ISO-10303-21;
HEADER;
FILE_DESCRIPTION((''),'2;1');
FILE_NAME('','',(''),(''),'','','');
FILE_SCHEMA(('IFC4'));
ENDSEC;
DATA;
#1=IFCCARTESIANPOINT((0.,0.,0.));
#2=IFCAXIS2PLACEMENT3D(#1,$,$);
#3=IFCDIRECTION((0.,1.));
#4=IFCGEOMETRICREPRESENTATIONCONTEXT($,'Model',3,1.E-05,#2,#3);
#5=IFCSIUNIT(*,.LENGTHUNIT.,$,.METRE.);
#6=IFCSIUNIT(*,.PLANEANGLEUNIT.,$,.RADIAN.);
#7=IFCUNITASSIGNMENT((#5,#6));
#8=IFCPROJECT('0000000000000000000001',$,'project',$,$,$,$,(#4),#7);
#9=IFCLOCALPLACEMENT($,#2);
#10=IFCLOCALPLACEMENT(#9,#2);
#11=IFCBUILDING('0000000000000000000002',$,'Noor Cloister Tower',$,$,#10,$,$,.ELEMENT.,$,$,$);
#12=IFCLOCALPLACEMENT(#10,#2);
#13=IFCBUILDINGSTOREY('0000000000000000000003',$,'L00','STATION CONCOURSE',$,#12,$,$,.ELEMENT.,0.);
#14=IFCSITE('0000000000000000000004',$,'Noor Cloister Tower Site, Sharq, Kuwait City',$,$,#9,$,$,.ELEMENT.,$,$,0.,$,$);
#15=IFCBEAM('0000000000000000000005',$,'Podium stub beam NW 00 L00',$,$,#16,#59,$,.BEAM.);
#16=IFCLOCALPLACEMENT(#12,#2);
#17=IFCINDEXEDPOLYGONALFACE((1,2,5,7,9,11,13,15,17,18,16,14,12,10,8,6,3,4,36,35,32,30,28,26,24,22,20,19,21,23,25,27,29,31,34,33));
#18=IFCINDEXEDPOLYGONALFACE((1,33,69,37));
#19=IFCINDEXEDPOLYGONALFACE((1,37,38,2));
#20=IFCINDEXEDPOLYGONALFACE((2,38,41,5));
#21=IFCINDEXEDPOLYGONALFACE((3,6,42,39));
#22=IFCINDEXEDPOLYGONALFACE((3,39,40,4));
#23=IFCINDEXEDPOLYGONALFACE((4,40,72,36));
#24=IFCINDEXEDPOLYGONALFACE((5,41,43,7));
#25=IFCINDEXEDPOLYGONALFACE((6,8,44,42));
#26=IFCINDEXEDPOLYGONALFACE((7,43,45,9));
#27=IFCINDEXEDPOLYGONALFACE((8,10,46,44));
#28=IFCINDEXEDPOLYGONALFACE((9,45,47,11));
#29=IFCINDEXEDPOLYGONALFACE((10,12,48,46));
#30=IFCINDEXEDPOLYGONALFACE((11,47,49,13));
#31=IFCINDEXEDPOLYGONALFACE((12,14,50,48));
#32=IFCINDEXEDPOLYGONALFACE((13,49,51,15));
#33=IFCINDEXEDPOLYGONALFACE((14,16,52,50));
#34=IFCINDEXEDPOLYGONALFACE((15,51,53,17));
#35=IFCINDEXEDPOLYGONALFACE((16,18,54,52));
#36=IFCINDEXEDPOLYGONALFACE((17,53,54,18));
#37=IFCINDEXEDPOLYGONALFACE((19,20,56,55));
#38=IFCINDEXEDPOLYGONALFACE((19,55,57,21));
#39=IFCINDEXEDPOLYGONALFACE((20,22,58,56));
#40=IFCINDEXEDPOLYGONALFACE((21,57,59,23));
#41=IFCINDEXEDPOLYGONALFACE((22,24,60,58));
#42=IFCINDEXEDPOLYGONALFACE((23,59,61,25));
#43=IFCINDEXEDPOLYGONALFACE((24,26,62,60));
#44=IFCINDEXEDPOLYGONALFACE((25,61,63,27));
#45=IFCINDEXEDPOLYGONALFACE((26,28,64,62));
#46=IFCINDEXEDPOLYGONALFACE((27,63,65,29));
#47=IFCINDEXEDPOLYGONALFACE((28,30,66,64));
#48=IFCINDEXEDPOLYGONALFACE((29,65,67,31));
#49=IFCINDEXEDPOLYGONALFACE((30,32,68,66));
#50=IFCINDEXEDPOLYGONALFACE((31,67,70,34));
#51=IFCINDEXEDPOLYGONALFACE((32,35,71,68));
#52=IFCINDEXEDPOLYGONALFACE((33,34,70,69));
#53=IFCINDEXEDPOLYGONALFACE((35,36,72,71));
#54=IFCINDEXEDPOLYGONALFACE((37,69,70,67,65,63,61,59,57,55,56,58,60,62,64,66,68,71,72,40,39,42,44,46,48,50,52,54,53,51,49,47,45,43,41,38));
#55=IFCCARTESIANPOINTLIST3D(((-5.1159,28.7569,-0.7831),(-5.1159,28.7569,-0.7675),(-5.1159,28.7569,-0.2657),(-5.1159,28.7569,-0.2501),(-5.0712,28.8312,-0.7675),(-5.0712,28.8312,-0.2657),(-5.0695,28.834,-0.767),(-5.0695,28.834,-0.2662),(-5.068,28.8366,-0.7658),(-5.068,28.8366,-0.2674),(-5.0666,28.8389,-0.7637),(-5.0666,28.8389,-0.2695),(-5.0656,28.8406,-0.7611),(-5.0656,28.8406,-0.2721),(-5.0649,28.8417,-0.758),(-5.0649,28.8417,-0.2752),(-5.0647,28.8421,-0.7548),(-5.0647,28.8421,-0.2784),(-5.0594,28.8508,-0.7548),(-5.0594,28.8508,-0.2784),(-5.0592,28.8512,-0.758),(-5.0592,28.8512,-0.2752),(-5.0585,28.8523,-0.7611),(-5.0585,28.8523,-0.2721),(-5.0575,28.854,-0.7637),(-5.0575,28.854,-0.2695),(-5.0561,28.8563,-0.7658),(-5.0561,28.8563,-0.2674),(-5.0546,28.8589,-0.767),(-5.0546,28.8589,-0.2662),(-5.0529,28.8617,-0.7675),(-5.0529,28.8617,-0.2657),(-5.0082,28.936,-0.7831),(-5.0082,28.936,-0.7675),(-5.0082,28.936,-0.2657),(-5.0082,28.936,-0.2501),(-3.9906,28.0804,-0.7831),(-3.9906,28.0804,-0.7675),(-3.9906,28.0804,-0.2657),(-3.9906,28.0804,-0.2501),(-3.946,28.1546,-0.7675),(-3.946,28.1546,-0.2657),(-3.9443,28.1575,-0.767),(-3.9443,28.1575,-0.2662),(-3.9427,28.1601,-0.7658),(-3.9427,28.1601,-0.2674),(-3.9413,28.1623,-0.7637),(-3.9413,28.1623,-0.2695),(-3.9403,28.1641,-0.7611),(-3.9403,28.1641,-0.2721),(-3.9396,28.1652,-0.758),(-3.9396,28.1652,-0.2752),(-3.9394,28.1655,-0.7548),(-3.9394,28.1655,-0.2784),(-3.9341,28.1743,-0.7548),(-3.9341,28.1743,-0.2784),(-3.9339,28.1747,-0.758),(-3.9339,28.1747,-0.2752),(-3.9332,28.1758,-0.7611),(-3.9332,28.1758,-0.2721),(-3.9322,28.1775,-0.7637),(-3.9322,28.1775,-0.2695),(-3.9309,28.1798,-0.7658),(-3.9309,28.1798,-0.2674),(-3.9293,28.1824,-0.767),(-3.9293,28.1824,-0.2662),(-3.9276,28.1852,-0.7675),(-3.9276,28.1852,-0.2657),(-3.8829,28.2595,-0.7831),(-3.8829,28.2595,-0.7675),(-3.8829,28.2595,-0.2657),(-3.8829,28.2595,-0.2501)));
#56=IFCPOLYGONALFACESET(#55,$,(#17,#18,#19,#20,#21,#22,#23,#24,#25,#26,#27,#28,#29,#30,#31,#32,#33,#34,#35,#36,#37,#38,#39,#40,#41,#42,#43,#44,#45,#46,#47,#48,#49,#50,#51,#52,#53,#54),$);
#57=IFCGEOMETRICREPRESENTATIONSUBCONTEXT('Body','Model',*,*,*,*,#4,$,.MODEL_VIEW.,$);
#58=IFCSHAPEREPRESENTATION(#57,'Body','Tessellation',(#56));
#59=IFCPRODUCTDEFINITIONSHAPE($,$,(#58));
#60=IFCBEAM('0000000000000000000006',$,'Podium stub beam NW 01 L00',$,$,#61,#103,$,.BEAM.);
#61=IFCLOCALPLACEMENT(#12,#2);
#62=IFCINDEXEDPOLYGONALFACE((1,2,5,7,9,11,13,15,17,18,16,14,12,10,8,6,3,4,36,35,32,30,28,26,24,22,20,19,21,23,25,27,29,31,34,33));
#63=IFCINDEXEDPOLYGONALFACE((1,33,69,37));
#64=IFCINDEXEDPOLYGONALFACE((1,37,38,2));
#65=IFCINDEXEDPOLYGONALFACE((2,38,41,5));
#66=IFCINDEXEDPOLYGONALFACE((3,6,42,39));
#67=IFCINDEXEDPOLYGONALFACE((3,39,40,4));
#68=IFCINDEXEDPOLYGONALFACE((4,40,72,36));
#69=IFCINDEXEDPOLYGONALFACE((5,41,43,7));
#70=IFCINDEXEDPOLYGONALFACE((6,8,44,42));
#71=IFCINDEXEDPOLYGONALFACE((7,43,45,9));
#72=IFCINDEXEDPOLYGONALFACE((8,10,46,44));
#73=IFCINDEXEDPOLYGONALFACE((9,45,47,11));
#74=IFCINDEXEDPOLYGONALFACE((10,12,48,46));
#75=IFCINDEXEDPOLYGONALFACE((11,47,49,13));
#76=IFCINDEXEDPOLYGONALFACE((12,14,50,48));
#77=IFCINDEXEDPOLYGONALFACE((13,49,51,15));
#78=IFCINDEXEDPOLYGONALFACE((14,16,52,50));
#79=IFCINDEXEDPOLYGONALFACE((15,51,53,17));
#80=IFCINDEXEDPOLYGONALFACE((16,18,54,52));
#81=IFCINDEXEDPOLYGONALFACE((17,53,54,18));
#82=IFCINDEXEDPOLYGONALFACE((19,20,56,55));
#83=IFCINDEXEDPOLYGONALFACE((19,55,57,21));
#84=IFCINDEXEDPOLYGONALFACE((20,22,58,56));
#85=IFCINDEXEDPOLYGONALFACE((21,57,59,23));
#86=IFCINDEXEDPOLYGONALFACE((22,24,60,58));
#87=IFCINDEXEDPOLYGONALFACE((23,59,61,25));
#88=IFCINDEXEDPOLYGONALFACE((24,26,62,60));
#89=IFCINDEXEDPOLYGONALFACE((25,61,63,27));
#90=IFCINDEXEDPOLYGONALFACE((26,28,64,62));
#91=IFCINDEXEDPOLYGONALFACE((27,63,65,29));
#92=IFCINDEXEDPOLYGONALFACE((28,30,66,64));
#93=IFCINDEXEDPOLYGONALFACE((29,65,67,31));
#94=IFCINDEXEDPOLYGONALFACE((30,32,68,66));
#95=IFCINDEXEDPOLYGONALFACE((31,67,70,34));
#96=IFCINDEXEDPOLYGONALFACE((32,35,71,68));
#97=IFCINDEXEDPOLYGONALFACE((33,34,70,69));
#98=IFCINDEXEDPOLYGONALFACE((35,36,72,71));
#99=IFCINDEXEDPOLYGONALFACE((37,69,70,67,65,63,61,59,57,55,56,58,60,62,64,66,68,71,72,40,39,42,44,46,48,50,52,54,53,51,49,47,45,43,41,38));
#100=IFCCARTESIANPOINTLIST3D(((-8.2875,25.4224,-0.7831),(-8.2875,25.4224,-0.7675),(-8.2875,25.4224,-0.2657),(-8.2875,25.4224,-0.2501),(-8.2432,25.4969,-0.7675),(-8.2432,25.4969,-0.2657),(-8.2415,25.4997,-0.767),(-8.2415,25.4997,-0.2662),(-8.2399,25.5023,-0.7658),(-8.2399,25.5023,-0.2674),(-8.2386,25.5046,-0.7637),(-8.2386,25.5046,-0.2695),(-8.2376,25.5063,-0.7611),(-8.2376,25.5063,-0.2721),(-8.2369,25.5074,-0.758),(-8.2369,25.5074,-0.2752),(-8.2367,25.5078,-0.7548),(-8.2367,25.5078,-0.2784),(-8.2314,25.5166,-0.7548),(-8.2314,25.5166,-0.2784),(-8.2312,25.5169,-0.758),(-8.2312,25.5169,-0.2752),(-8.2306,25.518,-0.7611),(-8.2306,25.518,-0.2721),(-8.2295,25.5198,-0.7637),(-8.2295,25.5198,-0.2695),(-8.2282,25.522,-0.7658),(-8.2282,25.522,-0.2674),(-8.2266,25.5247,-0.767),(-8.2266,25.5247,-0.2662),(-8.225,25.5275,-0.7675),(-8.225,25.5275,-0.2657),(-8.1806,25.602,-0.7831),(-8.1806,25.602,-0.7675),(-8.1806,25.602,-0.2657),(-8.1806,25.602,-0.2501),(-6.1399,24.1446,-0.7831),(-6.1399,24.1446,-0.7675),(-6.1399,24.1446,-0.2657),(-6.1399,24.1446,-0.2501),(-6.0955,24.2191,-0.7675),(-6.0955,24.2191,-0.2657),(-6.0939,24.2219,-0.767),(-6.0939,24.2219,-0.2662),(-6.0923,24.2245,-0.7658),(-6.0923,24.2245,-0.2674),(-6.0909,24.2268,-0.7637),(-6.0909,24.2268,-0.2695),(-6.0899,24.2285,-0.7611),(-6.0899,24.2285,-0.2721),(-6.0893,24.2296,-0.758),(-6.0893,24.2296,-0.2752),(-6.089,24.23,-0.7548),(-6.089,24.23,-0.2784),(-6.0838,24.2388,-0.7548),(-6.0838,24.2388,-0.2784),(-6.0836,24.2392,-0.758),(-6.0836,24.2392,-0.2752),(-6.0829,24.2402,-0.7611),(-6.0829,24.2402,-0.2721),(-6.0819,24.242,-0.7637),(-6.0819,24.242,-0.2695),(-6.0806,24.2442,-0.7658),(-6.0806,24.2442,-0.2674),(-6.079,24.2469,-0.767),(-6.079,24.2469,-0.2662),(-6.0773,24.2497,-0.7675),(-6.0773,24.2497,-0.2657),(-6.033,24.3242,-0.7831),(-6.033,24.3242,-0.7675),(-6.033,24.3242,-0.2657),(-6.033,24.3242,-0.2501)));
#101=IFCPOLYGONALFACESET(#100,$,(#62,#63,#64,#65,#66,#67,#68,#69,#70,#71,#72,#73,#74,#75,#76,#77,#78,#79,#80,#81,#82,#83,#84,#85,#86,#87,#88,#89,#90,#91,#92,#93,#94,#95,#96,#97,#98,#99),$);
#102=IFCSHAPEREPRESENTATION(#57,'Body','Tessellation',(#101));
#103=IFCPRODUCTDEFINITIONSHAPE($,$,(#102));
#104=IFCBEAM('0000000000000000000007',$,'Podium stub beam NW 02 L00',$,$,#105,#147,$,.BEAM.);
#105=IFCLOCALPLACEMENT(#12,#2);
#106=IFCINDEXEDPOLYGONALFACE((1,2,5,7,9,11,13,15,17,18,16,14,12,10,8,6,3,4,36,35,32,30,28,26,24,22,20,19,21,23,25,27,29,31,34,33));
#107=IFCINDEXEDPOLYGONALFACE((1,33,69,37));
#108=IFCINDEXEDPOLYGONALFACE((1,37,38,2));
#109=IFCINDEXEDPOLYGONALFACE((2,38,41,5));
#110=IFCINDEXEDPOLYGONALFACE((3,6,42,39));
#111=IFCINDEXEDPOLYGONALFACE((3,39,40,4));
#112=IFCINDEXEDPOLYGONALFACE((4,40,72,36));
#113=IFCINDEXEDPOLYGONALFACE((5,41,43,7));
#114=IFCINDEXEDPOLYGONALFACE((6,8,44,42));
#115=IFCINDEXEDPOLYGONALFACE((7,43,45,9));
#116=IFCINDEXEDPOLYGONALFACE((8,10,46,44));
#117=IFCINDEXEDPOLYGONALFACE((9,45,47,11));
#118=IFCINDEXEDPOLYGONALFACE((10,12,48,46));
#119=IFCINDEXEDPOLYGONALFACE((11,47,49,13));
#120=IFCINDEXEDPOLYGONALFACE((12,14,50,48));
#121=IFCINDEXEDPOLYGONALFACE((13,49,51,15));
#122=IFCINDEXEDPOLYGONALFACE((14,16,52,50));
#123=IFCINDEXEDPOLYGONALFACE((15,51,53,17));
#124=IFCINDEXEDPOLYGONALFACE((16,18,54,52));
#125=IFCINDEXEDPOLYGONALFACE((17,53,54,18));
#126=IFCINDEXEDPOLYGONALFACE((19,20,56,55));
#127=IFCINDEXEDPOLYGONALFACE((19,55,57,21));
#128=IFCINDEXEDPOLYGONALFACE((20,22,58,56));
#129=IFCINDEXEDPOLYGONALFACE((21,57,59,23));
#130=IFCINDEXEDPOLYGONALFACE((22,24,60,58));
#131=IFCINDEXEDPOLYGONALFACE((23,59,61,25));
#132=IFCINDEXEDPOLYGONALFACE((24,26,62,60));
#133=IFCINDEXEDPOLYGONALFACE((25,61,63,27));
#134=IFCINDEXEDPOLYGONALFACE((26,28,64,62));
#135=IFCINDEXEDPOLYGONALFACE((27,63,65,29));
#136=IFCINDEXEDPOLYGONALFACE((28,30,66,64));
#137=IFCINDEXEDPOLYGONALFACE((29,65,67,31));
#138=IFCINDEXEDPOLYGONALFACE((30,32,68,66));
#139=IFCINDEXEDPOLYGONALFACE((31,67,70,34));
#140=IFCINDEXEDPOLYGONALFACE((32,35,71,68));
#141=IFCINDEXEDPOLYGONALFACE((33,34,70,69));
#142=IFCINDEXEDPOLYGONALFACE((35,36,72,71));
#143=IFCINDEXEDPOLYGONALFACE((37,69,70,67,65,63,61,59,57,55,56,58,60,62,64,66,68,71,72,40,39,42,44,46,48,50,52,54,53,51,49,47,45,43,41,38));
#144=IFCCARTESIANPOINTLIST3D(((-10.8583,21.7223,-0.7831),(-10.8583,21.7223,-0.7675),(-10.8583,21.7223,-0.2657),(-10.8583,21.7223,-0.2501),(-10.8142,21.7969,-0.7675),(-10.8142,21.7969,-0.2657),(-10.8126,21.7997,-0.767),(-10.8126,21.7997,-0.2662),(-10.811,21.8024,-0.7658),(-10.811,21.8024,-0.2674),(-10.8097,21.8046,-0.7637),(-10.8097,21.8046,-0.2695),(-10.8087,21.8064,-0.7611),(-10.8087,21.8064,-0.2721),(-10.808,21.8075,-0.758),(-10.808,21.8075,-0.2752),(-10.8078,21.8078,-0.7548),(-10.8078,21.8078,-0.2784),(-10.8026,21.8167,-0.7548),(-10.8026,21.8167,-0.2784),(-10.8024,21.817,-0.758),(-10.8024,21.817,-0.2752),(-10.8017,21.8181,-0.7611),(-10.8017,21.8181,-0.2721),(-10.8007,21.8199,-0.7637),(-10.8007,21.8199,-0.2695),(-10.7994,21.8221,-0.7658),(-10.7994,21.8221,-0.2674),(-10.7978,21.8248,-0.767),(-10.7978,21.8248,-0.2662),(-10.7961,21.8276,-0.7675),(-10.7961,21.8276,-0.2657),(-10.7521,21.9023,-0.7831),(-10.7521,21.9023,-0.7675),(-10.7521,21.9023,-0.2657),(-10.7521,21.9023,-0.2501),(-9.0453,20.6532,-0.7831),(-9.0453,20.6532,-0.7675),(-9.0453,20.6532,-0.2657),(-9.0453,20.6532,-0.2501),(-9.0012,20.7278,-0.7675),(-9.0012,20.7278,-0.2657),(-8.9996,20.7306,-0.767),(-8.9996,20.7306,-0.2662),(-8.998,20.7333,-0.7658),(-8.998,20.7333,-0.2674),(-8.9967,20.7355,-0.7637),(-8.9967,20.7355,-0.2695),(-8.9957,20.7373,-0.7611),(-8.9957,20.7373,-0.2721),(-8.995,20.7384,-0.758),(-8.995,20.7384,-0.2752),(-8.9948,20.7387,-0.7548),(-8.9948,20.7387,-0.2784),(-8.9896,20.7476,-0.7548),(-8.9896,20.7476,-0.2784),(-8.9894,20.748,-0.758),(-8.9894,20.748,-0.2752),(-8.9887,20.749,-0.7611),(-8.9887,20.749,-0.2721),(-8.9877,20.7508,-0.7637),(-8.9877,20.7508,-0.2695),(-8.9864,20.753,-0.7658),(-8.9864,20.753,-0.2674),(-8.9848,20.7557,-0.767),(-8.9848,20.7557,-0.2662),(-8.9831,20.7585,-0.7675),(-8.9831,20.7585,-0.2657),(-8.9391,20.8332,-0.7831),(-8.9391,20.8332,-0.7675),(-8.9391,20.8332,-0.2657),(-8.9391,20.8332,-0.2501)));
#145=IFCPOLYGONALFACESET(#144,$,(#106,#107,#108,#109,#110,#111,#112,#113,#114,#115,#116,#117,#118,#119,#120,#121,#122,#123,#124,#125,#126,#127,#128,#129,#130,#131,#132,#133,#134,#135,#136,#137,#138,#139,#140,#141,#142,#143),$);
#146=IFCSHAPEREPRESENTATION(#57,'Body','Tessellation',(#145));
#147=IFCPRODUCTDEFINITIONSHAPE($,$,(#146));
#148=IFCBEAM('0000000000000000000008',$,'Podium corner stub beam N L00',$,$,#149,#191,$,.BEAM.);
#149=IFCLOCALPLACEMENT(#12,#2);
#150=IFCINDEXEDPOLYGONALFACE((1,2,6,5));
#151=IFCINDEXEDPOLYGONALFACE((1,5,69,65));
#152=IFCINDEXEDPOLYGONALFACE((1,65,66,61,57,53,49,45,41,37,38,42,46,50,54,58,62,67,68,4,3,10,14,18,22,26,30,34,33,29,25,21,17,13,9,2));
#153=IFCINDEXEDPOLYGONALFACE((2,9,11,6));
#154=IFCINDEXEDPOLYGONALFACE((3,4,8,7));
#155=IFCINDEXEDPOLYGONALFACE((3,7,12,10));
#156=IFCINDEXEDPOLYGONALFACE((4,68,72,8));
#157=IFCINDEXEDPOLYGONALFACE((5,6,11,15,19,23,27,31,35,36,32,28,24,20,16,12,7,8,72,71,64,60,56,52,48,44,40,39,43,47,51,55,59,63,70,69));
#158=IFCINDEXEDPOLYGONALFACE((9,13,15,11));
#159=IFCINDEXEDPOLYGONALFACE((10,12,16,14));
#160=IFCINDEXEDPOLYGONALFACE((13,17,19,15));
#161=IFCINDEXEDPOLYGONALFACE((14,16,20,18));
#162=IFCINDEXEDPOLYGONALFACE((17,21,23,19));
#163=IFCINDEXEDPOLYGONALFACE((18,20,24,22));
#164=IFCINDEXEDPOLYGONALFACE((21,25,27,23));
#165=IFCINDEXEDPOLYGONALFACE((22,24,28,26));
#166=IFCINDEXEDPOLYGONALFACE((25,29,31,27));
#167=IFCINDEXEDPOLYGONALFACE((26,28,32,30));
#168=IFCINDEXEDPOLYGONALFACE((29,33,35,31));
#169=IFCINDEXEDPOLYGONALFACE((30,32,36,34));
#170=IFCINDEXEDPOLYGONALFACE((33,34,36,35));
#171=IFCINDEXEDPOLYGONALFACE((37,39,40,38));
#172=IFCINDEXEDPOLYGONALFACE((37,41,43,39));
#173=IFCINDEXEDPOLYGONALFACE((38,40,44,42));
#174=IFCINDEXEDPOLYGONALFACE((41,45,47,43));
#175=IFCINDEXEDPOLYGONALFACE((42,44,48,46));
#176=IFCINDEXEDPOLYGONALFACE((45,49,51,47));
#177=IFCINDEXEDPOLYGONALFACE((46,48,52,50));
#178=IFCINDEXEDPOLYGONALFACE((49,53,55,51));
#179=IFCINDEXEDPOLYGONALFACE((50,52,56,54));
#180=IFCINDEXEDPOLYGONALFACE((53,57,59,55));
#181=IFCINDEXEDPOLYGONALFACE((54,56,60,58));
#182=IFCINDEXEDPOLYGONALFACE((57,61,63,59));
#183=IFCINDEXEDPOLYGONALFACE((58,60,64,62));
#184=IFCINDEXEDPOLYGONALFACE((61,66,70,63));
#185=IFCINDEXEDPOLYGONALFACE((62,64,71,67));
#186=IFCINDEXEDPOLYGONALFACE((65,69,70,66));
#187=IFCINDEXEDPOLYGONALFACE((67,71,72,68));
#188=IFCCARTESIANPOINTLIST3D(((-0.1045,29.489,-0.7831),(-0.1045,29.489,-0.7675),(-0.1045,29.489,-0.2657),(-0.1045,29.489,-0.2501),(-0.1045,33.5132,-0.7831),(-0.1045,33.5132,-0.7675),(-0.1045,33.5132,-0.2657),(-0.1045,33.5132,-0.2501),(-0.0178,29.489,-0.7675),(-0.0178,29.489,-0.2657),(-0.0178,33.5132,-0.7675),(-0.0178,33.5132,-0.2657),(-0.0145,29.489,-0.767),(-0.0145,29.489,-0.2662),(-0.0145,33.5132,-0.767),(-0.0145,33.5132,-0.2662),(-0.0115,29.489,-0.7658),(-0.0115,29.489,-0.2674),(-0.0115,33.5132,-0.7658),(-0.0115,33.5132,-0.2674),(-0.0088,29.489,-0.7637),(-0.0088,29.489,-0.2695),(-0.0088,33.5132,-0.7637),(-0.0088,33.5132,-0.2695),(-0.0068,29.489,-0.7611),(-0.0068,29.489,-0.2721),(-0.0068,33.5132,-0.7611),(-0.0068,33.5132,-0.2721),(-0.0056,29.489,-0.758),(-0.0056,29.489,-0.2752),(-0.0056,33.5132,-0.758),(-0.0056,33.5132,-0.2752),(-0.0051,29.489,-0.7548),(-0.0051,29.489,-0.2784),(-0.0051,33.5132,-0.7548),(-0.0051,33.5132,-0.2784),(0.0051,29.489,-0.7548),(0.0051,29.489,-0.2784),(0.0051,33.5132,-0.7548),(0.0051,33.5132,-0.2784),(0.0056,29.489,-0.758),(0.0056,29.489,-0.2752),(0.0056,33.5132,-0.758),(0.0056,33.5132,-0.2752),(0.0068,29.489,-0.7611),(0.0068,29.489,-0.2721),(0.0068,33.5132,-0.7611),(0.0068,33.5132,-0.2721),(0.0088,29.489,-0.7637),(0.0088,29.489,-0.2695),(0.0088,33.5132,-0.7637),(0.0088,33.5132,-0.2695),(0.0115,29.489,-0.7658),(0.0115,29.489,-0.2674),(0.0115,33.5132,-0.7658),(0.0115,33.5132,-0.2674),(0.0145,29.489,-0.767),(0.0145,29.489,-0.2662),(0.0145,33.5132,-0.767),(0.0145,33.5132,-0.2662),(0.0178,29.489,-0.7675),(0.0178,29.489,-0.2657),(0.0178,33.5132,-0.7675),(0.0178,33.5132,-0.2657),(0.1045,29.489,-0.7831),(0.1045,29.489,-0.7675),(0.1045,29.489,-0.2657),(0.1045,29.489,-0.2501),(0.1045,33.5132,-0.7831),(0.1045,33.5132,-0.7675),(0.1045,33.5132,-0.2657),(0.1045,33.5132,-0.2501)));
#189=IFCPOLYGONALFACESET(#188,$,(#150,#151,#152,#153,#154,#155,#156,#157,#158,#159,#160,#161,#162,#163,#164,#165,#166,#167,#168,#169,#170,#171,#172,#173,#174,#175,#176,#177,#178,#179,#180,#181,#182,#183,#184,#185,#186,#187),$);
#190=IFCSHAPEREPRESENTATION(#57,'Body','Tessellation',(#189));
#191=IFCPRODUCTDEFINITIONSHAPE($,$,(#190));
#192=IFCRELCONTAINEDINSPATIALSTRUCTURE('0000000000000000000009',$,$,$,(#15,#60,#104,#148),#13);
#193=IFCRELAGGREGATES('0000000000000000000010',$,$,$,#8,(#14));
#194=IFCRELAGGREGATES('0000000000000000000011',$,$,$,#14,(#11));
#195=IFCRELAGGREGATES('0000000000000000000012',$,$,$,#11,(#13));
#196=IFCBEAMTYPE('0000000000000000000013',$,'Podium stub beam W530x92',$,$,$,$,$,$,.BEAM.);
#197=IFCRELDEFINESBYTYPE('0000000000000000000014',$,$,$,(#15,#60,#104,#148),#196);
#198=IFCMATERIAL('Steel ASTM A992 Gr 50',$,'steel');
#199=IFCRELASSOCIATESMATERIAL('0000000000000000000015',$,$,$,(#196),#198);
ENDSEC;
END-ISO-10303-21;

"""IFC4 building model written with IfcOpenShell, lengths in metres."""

from ifc_helpers import new_model, si_unit, direction, frame, origin, origin_2d, place, context, subcontext, project, spatial, i_section, extrude, material, material_profile, profile_set, type_object, element, save


model = new_model("IFC4")

# Units and contexts
model_context = context("Model", 3, precision=1e-05, world=origin(), true_north=direction((0.0, 1.0)))
body_context = subcontext(model_context, "Body", "Model", "MODEL_VIEW")
ifc_project = project(units=[si_unit("LENGTHUNIT", "METRE"), si_unit("PLANEANGLEUNIT", "RADIAN")], contexts=[model_context])

# Site, building, storey
site_placement = place(None, origin())
site = spatial("IfcSite", under=ifc_project, at=site_placement, Name="Noor Cloister Tower Site, Sharq, Kuwait City", CompositionType="ELEMENT", RefElevation=0.0)
building_placement = place(site_placement, origin())
building = spatial("IfcBuilding", under=site, at=building_placement, Name="Noor Cloister Tower", CompositionType="ELEMENT")
storey_placement = place(building_placement, origin())
storey = spatial("IfcBuildingStorey", under=building, at=storey_placement, Name="L00", Description="STATION CONCOURSE", CompositionType="ELEMENT", Elevation=0.0)

# Beams
ifc_material_1 = material(Name="Steel ASTM A992 Gr 50", Category="steel")
ifc_material_profile_1 = material_profile(ifc_material_1, i_section(OverallWidth=0.209, OverallDepth=0.533, WebThickness=0.0103, FlangeThickness=0.0156, FilletRadius=0.0127, at=origin_2d()), Name="W530x92")
ifc_profile_set_1 = profile_set([ifc_material_profile_1], Name="Steel ASTM A992 Gr 50")
beam_type_1 = type_object("IfcBeamType", Name="Podium stub beam W530x92", PredefinedType="BEAM", material=ifc_profile_set_1)
beam_1_placement = place(storey_placement, frame((-3.9368, 28.1699, -0.5166), z_axis=(-0.857033, 0.515261, 0.0), x_axis=(-0.515261, -0.857033, 0.0)))
element("IfcBeam", 1, at=beam_1_placement, inside=storey, type_object=beam_type_1, Name="Podium stub beam NW 00 L00", PredefinedType="BEAM", context=body_context, shape_type="SweptSolid", body=[
    extrude(i_section(OverallWidth=0.209, OverallDepth=0.533, WebThickness=0.0103, FlangeThickness=0.0156, FilletRadius=0.0127, at=origin_2d()), origin(), (0.0, 0.0, 1.0), 1.313),
])
beam_2_placement = place(storey_placement, frame((-6.0864, 24.2344, -0.5166), z_axis=(-0.859392, 0.511317, 0.0), x_axis=(-0.511317, -0.859392, 0.0)))
element("IfcBeam", 2, at=beam_2_placement, inside=storey, type_object=beam_type_1, Name="Podium stub beam NW 01 L00", PredefinedType="BEAM", context=body_context, shape_type="SweptSolid", body=[
    extrude(i_section(OverallWidth=0.209, OverallDepth=0.533, WebThickness=0.0103, FlangeThickness=0.0156, FilletRadius=0.0127, at=origin_2d()), origin(), (0.0, 0.0, 1.0), 2.499),
])
beam_3_placement = place(storey_placement, frame((-8.9922, 20.7432, -0.5166), z_axis=(-0.861388, 0.507948, 0.0), x_axis=(-0.507948, -0.861388, 0.0)))
element("IfcBeam", 3, at=beam_3_placement, inside=storey, type_object=beam_type_1, Name="Podium stub beam NW 02 L00", PredefinedType="BEAM", context=body_context, shape_type="SweptSolid", body=[
    extrude(i_section(OverallWidth=0.209, OverallDepth=0.533, WebThickness=0.0103, FlangeThickness=0.0156, FilletRadius=0.0127, at=origin_2d()), origin(), (0.0, 0.0, 1.0), 2.1047),
])
beam_4_placement = place(storey_placement, frame((0.0, 29.489, -0.5166), z_axis=(0.0, 1.0, 0.0), x_axis=(-1.0, 0.0, 0.0)))
element("IfcBeam", 4, at=beam_4_placement, inside=storey, type_object=beam_type_1, Name="Podium corner stub beam N L00", PredefinedType="BEAM", context=body_context, shape_type="SweptSolid", body=[
    extrude(i_section(OverallWidth=0.209, OverallDepth=0.533, WebThickness=0.0103, FlangeThickness=0.0156, FilletRadius=0.0127, at=origin_2d()), origin(), (0.0, 0.0, 1.0), 4.0242),
])

save(model, "model.ifc")
